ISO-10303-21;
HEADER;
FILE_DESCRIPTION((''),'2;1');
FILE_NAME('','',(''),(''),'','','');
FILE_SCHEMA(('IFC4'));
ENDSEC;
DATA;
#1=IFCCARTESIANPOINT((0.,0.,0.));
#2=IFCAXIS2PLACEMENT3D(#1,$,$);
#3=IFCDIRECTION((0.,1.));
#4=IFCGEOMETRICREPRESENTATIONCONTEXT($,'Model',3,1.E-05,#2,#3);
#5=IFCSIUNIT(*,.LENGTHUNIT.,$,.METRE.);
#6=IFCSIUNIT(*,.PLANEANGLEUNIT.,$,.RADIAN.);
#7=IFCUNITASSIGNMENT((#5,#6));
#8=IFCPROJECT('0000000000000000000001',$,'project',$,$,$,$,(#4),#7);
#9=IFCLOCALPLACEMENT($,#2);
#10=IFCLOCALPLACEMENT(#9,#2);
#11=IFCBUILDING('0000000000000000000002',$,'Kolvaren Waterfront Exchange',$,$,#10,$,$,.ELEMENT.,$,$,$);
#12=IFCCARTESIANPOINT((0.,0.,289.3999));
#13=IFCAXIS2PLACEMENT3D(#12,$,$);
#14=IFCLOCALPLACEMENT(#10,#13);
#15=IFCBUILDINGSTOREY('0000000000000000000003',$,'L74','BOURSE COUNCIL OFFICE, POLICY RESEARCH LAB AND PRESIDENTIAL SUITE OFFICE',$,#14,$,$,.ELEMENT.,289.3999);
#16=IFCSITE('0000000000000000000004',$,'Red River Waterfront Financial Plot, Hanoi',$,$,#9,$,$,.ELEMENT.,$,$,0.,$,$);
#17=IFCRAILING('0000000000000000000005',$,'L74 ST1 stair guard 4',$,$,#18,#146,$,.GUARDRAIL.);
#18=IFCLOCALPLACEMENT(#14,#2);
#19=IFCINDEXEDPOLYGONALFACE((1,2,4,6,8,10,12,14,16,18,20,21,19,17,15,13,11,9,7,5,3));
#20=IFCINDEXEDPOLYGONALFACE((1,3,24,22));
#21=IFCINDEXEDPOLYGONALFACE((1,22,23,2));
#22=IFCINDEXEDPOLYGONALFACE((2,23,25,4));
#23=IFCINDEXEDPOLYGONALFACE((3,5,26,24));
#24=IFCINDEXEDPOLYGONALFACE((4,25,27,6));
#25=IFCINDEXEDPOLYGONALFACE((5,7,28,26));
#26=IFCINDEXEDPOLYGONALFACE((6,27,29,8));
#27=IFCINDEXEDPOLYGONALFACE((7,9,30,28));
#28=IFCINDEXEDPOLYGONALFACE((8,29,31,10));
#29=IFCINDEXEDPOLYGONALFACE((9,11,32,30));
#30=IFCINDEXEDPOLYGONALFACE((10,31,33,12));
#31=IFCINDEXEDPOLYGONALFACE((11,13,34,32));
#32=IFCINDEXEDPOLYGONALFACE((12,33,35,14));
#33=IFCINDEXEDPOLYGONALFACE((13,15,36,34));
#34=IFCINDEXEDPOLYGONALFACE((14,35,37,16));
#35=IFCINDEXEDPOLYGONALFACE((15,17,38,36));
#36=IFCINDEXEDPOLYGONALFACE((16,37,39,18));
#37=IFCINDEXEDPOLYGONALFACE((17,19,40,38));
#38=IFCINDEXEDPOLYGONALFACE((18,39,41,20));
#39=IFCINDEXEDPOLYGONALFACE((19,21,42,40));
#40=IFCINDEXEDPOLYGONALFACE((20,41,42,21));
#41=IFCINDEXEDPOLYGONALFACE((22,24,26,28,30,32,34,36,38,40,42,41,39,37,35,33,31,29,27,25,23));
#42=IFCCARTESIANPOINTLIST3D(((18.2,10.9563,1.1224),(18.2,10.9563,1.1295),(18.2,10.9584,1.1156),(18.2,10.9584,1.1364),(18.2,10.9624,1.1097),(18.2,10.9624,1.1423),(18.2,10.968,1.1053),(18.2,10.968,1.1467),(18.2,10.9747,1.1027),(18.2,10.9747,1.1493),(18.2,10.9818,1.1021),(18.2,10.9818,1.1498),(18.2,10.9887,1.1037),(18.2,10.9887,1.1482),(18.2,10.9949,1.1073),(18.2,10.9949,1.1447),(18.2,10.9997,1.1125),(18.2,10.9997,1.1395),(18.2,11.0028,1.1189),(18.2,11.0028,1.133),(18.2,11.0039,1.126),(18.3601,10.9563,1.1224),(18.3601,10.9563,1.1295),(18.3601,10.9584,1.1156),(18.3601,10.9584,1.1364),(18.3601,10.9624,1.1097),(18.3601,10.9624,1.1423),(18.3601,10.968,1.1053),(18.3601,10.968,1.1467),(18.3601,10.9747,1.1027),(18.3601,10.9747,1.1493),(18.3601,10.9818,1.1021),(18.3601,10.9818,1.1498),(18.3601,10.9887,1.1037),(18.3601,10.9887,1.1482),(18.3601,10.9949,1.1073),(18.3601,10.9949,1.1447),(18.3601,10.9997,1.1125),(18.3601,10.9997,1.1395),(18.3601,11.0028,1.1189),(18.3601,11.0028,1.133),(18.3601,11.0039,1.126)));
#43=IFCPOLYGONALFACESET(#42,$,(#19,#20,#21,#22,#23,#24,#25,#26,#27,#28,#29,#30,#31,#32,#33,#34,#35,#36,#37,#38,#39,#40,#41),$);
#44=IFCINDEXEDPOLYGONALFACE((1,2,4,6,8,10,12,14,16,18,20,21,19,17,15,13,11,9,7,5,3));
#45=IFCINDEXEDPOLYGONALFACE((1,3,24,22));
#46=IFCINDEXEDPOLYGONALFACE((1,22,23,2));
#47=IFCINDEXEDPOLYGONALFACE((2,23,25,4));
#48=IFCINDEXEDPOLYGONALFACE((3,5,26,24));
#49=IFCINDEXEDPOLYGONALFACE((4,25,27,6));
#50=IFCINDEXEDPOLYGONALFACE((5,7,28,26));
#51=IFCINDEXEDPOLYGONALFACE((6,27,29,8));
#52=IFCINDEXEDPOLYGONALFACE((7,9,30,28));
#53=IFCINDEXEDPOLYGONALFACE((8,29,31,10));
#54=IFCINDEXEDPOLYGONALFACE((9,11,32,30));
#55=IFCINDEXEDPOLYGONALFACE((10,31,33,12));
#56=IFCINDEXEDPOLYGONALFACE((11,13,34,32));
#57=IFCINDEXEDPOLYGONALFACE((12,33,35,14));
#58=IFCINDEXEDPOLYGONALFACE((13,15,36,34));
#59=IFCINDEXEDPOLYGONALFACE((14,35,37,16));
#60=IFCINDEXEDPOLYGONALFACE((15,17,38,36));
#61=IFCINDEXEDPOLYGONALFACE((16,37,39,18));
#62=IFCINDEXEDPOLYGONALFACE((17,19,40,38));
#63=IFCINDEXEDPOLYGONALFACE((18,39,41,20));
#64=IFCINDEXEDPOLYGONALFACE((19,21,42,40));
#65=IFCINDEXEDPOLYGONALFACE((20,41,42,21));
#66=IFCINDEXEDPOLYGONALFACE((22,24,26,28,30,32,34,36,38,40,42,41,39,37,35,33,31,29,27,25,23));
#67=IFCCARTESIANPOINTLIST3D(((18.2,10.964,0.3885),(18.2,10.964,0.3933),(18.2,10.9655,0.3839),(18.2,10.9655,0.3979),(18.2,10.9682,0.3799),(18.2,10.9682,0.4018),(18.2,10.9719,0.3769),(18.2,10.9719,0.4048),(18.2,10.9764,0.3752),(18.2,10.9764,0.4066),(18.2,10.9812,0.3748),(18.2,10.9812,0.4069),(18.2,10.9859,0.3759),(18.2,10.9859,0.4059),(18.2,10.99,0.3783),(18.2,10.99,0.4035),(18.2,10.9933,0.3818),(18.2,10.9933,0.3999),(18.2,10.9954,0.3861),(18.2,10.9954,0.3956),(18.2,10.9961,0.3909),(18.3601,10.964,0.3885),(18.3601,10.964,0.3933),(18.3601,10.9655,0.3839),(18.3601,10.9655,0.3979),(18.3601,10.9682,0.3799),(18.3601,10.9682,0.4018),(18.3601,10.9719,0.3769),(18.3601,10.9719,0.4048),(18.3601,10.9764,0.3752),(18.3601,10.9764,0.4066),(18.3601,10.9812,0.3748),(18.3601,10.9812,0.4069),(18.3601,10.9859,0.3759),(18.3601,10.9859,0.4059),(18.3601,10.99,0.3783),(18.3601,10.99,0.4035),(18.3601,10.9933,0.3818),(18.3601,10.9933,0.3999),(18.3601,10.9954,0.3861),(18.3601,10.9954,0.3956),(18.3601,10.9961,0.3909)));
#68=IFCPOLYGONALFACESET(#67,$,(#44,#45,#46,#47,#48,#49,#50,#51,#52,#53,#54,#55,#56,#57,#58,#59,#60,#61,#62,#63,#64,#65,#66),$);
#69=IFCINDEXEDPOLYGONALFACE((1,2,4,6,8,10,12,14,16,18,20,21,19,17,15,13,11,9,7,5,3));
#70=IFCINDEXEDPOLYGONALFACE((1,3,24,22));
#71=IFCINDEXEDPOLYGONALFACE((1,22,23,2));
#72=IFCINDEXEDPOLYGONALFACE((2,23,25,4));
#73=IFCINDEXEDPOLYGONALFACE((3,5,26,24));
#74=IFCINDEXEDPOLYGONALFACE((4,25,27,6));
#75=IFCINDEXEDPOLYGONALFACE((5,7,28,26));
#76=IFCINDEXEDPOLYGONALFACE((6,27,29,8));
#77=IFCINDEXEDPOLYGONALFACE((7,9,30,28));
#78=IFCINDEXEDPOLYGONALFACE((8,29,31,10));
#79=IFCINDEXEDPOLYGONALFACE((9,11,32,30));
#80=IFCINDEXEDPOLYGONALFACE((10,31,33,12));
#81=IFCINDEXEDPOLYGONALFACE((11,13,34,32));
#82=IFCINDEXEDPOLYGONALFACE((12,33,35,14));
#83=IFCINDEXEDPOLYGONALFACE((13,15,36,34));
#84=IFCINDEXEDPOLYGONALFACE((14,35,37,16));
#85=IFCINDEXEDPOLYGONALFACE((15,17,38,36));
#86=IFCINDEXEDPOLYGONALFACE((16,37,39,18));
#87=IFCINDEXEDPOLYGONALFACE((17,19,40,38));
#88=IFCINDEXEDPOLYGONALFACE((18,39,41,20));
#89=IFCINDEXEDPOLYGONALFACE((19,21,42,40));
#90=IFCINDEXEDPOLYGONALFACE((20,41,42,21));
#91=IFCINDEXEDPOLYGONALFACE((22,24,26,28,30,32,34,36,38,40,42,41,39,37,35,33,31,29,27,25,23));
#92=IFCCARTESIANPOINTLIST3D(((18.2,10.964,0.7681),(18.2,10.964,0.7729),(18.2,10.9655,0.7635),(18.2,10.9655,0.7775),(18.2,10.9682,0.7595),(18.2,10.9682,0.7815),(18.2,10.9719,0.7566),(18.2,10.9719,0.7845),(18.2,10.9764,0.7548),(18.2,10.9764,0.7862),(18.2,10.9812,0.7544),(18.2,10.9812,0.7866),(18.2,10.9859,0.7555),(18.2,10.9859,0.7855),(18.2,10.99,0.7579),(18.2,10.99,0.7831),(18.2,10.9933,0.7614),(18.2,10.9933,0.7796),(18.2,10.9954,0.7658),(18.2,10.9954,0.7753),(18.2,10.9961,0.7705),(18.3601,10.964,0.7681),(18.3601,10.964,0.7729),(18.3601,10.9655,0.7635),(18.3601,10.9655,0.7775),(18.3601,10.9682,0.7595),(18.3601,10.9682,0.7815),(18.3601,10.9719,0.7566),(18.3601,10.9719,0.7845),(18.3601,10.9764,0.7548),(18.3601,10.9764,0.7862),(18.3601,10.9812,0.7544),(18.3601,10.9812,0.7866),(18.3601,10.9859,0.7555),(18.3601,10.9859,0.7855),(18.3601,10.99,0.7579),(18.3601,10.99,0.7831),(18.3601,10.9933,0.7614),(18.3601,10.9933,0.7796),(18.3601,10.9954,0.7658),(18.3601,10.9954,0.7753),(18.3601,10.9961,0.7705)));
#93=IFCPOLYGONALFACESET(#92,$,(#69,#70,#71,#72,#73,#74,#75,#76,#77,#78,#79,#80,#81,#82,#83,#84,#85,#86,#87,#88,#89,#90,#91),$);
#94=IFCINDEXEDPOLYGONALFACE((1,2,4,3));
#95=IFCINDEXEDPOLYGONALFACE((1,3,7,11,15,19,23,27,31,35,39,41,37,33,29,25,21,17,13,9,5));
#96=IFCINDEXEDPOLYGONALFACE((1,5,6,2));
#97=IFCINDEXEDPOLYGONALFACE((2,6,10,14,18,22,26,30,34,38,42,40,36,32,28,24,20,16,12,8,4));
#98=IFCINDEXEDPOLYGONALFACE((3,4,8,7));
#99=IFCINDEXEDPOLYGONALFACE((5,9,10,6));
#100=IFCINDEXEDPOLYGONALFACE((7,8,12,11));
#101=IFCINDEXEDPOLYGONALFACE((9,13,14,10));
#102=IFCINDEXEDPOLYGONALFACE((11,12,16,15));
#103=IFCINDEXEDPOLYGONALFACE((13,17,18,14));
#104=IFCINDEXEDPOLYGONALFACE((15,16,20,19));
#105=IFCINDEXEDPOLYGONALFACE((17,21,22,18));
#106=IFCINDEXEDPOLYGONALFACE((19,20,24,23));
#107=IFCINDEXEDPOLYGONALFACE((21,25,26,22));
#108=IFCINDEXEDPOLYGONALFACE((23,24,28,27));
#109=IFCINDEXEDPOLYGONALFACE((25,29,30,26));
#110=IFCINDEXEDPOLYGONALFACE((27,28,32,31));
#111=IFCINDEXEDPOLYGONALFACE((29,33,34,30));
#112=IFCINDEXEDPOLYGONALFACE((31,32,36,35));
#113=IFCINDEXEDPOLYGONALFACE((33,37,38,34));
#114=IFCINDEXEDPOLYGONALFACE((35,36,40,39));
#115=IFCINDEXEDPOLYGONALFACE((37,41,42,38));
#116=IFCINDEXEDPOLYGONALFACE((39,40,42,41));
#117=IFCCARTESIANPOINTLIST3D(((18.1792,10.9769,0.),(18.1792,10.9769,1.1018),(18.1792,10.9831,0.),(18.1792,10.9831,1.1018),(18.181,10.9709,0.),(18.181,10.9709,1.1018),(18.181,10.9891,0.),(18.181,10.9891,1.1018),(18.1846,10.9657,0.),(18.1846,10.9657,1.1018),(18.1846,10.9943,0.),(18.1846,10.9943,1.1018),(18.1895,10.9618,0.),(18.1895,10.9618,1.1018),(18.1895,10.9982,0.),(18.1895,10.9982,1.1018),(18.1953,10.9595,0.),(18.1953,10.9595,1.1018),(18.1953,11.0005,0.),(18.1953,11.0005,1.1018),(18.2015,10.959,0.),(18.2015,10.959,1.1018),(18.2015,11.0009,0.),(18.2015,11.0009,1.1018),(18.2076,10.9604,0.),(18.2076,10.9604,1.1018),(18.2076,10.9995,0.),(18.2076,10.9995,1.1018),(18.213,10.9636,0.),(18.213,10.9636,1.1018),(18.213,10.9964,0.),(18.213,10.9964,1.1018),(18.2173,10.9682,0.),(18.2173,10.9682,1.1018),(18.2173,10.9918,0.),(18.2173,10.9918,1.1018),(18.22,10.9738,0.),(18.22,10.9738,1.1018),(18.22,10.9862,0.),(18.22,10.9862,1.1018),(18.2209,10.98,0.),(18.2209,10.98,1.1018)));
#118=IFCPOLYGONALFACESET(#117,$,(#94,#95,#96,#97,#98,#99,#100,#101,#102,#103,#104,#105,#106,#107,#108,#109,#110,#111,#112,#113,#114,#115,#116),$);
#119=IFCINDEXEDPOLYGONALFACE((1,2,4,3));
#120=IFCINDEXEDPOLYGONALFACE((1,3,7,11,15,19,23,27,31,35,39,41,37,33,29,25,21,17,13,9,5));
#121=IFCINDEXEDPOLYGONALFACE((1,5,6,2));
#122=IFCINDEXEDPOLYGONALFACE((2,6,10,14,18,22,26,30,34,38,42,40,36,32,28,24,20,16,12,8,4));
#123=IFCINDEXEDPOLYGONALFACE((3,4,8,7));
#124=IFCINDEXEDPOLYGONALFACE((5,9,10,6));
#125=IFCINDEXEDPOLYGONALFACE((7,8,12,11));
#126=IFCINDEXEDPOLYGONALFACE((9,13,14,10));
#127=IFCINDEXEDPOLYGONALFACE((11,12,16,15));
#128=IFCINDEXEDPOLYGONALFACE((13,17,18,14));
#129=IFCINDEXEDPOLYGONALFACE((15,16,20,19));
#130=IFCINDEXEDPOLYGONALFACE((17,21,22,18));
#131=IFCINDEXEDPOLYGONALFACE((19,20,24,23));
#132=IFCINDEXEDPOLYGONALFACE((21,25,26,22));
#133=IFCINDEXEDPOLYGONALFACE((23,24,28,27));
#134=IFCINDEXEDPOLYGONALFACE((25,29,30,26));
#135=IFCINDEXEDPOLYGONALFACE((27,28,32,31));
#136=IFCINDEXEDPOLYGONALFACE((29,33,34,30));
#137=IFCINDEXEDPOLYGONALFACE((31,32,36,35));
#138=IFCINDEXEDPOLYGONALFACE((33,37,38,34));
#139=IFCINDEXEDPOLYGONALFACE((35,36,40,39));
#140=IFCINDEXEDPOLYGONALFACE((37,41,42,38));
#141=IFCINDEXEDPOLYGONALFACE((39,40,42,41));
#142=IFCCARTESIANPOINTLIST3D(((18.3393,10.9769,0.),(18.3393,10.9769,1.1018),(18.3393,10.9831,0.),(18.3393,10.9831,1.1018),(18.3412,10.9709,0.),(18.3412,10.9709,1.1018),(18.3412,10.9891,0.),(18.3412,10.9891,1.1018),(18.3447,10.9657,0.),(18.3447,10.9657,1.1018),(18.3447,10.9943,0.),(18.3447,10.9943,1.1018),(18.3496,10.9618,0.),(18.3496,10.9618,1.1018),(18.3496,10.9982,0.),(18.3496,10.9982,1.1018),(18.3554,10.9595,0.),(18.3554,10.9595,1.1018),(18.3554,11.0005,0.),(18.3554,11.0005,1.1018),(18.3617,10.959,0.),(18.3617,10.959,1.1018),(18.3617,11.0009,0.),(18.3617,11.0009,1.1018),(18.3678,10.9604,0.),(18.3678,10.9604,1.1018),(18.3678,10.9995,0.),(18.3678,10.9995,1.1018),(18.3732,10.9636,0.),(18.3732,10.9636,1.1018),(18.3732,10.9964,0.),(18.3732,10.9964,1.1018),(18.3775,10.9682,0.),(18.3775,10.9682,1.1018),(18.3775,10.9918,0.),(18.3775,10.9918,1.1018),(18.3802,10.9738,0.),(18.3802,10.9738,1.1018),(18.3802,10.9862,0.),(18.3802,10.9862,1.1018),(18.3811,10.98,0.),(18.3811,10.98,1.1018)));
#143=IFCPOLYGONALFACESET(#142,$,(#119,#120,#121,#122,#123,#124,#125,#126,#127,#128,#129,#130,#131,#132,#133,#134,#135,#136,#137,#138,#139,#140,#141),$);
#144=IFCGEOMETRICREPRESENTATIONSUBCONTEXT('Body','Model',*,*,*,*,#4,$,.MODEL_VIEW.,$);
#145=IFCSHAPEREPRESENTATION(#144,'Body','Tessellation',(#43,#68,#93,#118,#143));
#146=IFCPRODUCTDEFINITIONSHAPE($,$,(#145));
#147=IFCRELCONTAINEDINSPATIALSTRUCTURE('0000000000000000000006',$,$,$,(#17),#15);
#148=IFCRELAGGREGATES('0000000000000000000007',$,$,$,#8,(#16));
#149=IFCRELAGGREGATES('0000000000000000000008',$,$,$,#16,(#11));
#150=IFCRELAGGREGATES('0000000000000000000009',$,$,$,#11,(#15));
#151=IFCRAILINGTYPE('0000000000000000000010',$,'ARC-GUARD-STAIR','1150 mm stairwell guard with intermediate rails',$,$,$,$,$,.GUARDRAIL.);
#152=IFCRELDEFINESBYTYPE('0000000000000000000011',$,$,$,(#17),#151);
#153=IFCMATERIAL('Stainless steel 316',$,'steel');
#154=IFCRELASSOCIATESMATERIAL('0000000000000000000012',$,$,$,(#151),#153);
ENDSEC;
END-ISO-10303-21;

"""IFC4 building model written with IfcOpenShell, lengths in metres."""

from ifc_helpers import new_model, si_unit, direction, frame, origin, origin_2d, place, context, subcontext, project, spatial, circle, extrude, material, type_object, element, save


model = new_model("IFC4")

# Units and contexts
model_context = context("Model", 3, precision=1e-05, world=origin(), true_north=direction((0.0, 1.0)))
body_context = subcontext(model_context, "Body", "Model", "MODEL_VIEW")
ifc_project = project(units=[si_unit("LENGTHUNIT", "METRE"), si_unit("PLANEANGLEUNIT", "RADIAN")], contexts=[model_context])

# Site, building, storey
site_placement = place(None, origin())
site = spatial("IfcSite", under=ifc_project, at=site_placement, Name="Red River Waterfront Financial Plot, Hanoi", CompositionType="ELEMENT", RefElevation=0.0)
building_placement = place(site_placement, origin())
building = spatial("IfcBuilding", under=site, at=building_placement, Name="Kolvaren Waterfront Exchange", CompositionType="ELEMENT")
storey_placement = place(building_placement, frame((0.0, 0.0, 289.3999)))
storey = spatial("IfcBuildingStorey", under=building, at=storey_placement, Name="L74", Description="BOURSE COUNCIL OFFICE, POLICY RESEARCH LAB AND PRESIDENTIAL SUITE OFFICE", CompositionType="ELEMENT", Elevation=289.3999)

# Railing
ifc_material_1 = material(Name="Stainless steel 316", Category="steel")
railing_type_1 = type_object("IfcRailingType", Name="ARC-GUARD-STAIR", Description="1150 mm stairwell guard with intermediate rails", PredefinedType="GUARDRAIL", material=ifc_material_1)
railing_1_placement = place(storey_placement, frame((18.2, 10.98, 0.0)))
element("IfcRailing", 1, at=railing_1_placement, inside=storey, type_object=railing_type_1, Name="L74 ST1 stair guard 4", PredefinedType="GUARDRAIL", context=body_context, shape_type="SweptSolid", body=[
    extrude(circle(Radius=0.0239, at=origin_2d()), frame((0.0, 0.0, 1.126), z_axis=(1.0, 0.0, 0.0), x_axis=(0.0, 1.0, 0.0)), (0.0, 0.0, 1.0), 0.1602),
    extrude(circle(Radius=0.0161, at=origin_2d()), frame((0.0, 0.0, 0.3909), z_axis=(1.0, 0.0, 0.0), x_axis=(0.0, 1.0, 0.0)), (0.0, 0.0, 1.0), 0.1602),
    extrude(circle(Radius=0.0161, at=origin_2d()), frame((0.0, 0.0, 0.7705), z_axis=(1.0, 0.0, 0.0), x_axis=(0.0, 1.0, 0.0)), (0.0, 0.0, 1.0), 0.1602),
    extrude(circle(Radius=0.021, at=origin_2d()), origin(), (0.0, 0.0, 1.0), 1.1018),
    extrude(circle(Radius=0.021, at=origin_2d()), frame((0.1602, 0.0, 0.0)), (0.0, 0.0, 1.0), 1.1018),
])

save(model, "model.ifc")
